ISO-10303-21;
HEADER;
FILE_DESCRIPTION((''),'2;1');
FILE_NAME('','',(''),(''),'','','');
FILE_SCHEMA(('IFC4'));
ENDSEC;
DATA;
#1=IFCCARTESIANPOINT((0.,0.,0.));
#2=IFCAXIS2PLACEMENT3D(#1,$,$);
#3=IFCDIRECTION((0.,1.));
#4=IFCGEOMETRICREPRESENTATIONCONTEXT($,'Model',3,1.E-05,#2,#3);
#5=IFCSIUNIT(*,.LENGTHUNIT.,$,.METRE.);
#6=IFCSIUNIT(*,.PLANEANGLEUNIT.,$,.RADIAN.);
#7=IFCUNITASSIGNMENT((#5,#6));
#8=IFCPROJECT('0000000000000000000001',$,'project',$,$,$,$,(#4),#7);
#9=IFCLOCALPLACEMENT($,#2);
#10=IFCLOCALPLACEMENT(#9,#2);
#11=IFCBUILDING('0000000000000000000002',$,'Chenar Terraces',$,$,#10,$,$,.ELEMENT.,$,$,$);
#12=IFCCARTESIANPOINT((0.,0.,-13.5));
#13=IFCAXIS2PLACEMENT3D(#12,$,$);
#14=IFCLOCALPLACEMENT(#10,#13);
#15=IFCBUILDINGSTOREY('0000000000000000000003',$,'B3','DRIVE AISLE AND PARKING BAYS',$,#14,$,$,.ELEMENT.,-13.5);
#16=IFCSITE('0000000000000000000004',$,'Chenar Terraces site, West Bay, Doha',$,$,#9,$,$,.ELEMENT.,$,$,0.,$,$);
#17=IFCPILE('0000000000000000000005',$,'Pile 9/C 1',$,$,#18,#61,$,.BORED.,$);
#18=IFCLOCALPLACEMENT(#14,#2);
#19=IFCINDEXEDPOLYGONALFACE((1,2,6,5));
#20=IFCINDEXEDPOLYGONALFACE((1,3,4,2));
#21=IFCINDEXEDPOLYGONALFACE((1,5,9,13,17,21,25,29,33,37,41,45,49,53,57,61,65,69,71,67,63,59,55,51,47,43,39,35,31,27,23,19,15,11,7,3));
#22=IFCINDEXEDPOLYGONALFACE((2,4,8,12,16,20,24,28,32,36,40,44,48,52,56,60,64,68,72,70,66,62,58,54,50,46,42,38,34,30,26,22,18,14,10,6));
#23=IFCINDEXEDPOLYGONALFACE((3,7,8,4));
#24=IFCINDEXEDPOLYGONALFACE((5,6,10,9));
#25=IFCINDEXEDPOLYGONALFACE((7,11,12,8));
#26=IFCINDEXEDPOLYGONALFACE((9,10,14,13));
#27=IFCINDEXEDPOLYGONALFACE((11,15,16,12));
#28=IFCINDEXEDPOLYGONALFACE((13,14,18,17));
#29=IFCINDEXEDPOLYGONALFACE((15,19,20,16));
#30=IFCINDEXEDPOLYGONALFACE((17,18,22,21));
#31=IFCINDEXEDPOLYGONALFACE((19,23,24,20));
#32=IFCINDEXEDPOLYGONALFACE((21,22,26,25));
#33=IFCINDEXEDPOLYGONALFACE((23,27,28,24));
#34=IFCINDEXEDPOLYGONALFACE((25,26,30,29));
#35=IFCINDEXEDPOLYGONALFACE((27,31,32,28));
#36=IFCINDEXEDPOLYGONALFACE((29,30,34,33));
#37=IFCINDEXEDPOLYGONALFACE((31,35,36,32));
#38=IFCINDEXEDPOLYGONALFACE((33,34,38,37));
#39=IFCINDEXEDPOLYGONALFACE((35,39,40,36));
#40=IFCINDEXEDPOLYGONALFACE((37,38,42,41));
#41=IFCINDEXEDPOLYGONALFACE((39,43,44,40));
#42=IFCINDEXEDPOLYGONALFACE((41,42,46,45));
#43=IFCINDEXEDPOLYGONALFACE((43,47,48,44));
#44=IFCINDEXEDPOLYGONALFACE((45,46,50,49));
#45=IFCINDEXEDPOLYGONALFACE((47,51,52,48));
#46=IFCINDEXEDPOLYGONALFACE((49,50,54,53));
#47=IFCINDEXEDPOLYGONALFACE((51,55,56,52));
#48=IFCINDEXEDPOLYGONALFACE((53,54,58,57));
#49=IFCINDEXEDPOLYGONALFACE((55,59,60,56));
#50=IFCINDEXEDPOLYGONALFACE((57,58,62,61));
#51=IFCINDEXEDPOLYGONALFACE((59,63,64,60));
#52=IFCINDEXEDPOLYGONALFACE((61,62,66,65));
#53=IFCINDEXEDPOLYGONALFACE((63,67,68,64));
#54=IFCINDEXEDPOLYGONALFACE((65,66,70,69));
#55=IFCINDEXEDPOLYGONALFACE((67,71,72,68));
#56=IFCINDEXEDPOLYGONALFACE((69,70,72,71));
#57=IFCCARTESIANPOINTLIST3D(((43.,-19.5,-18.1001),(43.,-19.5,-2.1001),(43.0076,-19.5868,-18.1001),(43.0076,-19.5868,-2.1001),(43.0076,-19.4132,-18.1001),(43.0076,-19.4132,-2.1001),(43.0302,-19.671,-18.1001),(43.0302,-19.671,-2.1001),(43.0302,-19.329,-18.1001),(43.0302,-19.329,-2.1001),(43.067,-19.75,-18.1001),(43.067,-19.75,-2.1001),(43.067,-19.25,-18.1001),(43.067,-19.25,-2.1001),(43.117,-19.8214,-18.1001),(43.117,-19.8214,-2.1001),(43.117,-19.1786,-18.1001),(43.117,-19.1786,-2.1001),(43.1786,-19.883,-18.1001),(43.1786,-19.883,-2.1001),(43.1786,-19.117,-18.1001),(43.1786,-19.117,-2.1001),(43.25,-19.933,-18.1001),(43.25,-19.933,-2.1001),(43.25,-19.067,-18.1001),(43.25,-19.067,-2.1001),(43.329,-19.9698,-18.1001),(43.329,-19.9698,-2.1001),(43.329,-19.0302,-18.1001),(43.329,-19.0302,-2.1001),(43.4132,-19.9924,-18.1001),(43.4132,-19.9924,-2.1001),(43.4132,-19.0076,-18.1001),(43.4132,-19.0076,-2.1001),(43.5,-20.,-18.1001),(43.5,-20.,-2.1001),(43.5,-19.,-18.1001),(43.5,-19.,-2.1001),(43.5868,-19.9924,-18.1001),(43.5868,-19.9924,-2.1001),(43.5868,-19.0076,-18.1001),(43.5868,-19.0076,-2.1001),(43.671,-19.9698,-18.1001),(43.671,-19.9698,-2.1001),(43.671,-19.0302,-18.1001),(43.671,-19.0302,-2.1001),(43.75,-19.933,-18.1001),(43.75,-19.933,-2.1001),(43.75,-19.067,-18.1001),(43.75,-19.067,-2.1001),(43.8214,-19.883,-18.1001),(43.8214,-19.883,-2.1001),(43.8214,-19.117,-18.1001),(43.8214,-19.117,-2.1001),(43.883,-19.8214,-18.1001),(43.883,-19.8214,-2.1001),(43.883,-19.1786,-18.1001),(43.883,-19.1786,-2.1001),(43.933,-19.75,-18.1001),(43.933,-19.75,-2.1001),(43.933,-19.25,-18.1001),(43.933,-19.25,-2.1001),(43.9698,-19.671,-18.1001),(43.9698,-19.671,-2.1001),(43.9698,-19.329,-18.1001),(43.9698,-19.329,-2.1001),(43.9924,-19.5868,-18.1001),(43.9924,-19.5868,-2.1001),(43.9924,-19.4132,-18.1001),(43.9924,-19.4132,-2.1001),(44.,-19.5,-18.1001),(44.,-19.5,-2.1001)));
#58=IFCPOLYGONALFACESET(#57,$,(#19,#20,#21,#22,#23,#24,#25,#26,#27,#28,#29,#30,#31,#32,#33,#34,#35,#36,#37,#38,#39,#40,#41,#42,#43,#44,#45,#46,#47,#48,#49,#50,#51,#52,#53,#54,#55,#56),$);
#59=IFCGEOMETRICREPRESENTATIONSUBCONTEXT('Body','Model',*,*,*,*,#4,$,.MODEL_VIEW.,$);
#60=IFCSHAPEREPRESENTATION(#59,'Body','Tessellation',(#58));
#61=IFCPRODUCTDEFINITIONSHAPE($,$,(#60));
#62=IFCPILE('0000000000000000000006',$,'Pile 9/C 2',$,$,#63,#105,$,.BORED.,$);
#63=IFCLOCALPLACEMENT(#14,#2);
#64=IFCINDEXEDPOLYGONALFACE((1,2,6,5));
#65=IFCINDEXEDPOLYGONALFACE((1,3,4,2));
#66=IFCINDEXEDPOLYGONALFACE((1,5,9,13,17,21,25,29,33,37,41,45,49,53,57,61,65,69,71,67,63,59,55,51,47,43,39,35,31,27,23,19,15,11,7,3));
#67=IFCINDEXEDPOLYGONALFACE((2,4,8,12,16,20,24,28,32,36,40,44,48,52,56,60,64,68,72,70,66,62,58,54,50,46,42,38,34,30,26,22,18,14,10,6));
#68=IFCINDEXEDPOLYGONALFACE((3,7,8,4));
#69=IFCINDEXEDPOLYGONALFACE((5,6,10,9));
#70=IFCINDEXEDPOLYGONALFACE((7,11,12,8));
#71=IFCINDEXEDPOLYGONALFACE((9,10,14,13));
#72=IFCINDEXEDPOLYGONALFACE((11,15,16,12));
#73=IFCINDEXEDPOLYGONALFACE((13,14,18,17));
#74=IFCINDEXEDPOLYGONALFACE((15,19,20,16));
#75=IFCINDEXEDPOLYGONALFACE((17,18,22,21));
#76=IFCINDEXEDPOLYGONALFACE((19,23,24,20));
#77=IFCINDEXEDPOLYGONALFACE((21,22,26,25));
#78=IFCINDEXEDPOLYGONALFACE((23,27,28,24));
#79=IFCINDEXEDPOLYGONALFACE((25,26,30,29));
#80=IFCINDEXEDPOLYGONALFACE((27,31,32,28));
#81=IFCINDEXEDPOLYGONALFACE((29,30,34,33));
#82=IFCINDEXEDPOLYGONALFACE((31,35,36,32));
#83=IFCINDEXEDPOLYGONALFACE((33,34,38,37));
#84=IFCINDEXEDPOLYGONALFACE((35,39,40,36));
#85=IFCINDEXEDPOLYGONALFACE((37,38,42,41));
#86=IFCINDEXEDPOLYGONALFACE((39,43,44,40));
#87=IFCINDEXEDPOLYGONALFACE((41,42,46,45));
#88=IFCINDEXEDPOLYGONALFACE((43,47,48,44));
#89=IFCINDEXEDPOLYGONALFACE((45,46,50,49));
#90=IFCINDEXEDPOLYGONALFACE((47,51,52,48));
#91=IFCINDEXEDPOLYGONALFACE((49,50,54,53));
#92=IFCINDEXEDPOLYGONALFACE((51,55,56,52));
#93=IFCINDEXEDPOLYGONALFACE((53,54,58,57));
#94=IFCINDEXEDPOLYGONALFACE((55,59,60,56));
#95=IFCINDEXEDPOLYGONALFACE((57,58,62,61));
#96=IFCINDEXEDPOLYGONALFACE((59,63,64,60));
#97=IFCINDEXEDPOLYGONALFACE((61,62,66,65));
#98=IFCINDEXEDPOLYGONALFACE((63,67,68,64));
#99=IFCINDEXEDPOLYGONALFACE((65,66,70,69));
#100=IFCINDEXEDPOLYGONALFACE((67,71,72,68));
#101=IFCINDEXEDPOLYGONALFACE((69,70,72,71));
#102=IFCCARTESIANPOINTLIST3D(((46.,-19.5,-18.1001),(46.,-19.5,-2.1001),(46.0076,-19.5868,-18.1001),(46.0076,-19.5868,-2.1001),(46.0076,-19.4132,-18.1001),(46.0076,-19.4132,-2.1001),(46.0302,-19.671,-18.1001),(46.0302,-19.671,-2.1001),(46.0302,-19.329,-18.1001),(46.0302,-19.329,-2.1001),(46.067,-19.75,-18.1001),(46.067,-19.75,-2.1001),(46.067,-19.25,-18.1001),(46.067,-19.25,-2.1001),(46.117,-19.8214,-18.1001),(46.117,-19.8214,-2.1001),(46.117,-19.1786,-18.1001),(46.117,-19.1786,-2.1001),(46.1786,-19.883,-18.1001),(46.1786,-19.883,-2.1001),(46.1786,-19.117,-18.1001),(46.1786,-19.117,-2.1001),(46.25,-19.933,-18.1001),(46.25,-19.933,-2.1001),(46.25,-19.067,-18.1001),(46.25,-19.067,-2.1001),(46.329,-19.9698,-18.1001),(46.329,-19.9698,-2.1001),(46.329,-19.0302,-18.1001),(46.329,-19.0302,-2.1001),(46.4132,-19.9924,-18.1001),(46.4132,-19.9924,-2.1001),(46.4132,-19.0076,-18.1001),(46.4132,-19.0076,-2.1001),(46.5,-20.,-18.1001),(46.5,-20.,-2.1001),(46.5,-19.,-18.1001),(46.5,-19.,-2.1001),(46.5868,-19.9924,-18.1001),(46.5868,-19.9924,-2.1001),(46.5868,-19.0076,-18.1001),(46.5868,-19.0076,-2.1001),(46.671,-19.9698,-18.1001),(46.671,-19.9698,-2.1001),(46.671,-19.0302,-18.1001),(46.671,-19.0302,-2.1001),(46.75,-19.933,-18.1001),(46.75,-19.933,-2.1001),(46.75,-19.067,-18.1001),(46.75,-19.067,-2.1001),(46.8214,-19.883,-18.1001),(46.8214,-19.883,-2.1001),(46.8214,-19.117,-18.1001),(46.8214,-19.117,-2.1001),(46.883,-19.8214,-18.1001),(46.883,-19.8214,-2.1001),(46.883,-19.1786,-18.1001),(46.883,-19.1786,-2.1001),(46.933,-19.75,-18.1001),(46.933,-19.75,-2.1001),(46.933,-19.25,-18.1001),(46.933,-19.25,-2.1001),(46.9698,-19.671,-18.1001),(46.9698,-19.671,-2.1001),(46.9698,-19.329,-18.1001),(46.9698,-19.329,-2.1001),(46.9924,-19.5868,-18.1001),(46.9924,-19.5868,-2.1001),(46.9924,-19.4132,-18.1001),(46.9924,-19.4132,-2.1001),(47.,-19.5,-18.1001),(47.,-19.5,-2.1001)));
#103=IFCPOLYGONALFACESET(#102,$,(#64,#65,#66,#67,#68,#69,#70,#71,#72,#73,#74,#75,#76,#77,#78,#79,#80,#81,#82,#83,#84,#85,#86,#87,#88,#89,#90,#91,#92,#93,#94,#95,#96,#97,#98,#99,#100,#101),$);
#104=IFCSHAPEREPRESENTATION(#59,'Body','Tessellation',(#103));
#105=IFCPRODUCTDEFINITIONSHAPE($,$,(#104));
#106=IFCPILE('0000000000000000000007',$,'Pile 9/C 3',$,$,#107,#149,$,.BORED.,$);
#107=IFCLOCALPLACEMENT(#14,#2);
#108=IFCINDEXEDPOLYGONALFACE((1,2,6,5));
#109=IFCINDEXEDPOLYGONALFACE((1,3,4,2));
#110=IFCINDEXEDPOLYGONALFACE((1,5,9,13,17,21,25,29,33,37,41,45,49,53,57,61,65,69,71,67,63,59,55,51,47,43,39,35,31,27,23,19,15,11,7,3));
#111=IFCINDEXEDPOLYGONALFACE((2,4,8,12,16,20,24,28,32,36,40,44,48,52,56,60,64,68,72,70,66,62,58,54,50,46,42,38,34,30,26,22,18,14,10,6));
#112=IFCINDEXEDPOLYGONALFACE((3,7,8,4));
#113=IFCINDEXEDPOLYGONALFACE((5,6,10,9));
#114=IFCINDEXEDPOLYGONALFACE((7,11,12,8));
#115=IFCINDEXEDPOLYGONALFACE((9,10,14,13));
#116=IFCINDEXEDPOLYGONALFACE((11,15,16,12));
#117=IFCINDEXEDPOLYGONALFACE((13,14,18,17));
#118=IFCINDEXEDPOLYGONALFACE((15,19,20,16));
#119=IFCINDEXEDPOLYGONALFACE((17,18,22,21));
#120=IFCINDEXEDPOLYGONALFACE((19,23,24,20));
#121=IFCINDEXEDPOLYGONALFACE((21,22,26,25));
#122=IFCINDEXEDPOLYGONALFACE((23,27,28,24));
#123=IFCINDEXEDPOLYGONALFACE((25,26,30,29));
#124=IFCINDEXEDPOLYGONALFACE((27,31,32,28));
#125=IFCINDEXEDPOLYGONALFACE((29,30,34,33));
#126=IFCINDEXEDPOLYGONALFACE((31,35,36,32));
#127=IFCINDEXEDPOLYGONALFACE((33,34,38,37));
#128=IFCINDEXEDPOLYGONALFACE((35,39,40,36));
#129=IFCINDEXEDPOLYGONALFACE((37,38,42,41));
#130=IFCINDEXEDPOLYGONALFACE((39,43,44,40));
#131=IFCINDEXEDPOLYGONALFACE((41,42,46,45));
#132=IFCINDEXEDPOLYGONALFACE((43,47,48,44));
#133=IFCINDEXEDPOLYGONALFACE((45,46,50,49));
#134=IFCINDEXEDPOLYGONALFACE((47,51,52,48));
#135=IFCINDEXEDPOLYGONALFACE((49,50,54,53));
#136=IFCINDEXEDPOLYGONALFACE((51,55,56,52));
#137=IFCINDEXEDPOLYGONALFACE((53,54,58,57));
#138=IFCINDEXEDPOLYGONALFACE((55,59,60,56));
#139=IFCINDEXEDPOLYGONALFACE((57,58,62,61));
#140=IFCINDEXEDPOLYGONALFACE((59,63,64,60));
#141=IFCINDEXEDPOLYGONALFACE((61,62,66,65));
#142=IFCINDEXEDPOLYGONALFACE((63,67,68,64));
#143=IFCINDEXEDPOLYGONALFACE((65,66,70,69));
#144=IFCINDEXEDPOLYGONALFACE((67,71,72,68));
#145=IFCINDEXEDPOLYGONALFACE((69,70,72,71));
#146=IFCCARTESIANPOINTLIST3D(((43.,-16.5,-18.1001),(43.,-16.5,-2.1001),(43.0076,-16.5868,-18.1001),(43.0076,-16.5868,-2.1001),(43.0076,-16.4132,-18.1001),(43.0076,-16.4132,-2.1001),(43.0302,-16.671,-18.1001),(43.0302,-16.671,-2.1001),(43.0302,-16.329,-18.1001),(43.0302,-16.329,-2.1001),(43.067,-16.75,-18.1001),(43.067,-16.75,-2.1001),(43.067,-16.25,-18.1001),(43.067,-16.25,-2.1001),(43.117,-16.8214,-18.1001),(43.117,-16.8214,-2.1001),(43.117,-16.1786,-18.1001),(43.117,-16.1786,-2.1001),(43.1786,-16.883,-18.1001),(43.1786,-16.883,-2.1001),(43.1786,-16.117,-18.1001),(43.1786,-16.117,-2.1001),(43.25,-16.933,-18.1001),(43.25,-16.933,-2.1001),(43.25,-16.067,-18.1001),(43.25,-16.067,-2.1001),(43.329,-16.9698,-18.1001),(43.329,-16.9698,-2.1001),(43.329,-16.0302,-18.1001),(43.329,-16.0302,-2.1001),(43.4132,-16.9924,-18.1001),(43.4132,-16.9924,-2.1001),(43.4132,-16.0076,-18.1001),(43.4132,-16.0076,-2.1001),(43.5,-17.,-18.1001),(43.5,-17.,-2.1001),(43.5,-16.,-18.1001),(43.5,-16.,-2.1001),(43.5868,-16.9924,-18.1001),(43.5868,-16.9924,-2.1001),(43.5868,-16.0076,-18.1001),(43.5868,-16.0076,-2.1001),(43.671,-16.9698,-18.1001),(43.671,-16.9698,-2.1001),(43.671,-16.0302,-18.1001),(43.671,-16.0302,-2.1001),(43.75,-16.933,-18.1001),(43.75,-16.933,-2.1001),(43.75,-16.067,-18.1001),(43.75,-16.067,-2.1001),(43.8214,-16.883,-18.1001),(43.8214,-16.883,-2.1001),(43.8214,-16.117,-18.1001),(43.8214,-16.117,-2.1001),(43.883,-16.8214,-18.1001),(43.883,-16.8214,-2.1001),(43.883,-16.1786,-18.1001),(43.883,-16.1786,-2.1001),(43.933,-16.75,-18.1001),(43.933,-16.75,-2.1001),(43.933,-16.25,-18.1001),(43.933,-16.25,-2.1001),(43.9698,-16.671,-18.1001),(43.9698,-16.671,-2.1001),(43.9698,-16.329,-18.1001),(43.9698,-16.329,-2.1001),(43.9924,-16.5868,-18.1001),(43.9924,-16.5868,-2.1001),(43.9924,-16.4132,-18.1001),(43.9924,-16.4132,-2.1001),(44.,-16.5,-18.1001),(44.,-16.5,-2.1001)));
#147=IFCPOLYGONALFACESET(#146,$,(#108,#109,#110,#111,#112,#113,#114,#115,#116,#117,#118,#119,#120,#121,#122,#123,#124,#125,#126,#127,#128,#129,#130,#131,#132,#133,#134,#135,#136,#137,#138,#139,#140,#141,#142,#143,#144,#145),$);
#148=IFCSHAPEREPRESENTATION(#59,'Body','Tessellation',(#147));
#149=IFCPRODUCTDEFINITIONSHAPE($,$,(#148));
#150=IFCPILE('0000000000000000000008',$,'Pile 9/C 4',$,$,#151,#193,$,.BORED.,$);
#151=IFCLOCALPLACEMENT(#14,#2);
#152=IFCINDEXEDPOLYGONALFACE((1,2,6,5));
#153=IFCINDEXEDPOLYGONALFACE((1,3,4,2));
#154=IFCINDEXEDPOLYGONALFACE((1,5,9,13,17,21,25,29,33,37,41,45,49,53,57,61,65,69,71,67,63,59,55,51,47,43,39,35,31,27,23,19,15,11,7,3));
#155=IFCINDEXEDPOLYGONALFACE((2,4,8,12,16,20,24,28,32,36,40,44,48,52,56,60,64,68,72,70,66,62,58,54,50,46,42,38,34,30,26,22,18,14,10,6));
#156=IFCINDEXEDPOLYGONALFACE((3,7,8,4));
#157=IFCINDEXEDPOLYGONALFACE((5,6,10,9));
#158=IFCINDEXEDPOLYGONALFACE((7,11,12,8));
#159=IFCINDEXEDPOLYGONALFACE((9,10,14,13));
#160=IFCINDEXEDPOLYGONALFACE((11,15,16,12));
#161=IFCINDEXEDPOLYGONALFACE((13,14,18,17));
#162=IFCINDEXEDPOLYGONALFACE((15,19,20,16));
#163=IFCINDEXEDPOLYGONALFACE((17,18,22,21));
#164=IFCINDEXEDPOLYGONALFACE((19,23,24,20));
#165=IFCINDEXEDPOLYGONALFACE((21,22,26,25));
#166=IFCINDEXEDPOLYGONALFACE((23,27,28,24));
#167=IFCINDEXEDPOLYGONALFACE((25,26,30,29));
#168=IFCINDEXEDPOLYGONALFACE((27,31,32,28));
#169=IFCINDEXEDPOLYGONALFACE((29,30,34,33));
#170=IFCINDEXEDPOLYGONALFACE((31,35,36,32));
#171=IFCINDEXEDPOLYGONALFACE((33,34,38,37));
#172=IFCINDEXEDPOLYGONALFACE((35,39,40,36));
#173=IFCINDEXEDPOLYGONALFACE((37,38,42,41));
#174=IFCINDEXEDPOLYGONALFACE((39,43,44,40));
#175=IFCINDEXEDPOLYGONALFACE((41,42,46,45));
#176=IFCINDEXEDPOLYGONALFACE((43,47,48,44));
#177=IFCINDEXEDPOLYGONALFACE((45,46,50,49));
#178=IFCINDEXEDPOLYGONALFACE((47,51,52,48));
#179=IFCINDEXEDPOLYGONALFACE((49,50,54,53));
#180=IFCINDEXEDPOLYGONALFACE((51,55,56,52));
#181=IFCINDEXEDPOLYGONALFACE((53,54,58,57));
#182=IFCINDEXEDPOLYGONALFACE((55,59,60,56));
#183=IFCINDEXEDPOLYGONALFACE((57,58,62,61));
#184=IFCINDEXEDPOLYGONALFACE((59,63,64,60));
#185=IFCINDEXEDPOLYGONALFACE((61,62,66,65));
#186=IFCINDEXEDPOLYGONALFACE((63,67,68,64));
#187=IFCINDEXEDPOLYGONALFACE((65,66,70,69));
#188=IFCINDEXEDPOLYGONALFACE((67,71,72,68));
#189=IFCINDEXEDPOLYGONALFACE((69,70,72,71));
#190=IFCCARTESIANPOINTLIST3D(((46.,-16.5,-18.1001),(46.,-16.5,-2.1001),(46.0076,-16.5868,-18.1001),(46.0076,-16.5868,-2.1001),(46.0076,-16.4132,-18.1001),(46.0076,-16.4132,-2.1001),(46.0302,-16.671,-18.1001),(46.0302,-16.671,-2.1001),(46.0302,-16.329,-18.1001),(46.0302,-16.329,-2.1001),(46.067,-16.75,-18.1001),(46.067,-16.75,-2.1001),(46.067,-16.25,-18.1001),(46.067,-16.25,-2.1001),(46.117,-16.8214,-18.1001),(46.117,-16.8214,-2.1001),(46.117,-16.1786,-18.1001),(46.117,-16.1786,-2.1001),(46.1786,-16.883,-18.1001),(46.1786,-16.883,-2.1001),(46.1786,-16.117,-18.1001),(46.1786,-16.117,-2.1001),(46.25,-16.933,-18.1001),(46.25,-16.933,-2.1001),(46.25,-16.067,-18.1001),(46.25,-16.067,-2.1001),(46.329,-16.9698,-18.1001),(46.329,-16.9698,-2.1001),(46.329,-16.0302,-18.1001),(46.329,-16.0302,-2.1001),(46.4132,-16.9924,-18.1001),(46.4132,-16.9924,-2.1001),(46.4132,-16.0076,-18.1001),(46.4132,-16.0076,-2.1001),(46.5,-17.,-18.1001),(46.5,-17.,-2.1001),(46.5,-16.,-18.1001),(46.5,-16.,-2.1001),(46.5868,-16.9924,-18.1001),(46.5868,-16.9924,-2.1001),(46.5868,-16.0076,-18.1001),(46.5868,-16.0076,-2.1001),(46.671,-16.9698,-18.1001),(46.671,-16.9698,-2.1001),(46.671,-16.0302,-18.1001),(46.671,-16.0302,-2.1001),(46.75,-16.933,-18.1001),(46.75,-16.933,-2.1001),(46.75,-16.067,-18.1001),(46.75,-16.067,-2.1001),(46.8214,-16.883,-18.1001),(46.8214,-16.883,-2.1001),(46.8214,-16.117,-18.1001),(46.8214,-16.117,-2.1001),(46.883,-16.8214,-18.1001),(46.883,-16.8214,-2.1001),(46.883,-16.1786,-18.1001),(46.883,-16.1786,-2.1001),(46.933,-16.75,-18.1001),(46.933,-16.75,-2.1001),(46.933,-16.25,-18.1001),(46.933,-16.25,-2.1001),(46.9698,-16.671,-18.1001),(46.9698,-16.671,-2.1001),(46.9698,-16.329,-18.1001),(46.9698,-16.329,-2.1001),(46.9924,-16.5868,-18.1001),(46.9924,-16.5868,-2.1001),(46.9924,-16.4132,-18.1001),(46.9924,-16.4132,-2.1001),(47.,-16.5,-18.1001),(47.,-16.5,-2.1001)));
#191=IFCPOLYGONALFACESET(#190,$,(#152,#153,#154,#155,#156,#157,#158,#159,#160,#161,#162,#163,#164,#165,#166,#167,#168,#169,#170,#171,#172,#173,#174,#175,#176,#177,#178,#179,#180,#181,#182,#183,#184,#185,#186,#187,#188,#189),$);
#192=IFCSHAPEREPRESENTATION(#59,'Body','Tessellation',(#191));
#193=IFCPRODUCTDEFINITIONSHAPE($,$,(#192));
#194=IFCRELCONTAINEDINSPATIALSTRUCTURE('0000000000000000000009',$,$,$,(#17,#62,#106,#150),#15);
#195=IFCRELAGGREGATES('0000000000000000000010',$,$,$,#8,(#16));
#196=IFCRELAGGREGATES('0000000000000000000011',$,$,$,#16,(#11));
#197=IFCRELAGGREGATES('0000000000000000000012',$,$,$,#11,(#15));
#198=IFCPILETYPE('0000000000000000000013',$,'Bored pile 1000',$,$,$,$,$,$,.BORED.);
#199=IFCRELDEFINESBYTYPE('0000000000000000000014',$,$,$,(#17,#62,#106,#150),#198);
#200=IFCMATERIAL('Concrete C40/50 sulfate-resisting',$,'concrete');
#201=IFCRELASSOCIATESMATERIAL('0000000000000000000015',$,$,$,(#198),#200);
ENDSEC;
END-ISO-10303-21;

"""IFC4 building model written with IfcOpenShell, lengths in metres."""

from ifc_helpers import new_model, si_unit, direction, frame, origin, origin_2d, place, context, subcontext, project, spatial, circle, extrude, material, material_profile, profile_set, type_object, element, save


model = new_model("IFC4")

# Units and contexts
model_context = context("Model", 3, precision=1e-05, world=origin(), true_north=direction((0.0, 1.0)))
body_context = subcontext(model_context, "Body", "Model", "MODEL_VIEW")
ifc_project = project(units=[si_unit("LENGTHUNIT", "METRE"), si_unit("PLANEANGLEUNIT", "RADIAN")], contexts=[model_context])

# Site, building, storey
site_placement = place(None, origin())
site = spatial("IfcSite", under=ifc_project, at=site_placement, Name="Chenar Terraces site, West Bay, Doha", CompositionType="ELEMENT", RefElevation=0.0)
building_placement = place(site_placement, origin())
building = spatial("IfcBuilding", under=site, at=building_placement, Name="Chenar Terraces", CompositionType="ELEMENT")
storey_placement = place(building_placement, frame((0.0, 0.0, -13.5)))
storey = spatial("IfcBuildingStorey", under=building, at=storey_placement, Name="B3", Description="DRIVE AISLE AND PARKING BAYS", CompositionType="ELEMENT", Elevation=-13.5)

# Piles
ifc_material_1 = material(Name="Concrete C40/50 sulfate-resisting", Category="concrete")
ifc_material_profile_1 = material_profile(ifc_material_1, circle(Radius=0.5, at=origin_2d()), Name="BP 1000")
ifc_profile_set_1 = profile_set([ifc_material_profile_1], Name="Concrete C40/50 sulfate-resisting")
pile_type_1 = type_object("IfcPileType", Name="Bored pile 1000", PredefinedType="BORED", material=ifc_profile_set_1)
for number, where, z_axis, x_axis, name in (
    (1, (43.5, -19.5, -2.1001), (0.0, 0.0, -1.0), (1.0, 0.0, 0.0), "Pile 9/C 1"),
    (2, (46.5, -19.5, -2.1001), (0.0, 0.0, -1.0), (1.0, 0.0, 0.0), "Pile 9/C 2"),
    (3, (43.5, -16.5, -2.1001), (0.0, 0.0, -1.0), (1.0, 0.0, 0.0), "Pile 9/C 3"),
    (4, (46.5, -16.5, -2.1001), (0.0, 0.0, -1.0), (1.0, 0.0, 0.0), "Pile 9/C 4"),
):
    element("IfcPile", number, at=place(storey_placement, frame(where, z_axis=z_axis, x_axis=x_axis)), inside=storey, type_object=pile_type_1, Name=name, PredefinedType="BORED", context=body_context, shape_type="SweptSolid", body=[
        extrude(circle(Radius=0.5, at=origin_2d()), origin(), (0.0, 0.0, 1.0), 16.0),
    ])

save(model, "model.ifc")
